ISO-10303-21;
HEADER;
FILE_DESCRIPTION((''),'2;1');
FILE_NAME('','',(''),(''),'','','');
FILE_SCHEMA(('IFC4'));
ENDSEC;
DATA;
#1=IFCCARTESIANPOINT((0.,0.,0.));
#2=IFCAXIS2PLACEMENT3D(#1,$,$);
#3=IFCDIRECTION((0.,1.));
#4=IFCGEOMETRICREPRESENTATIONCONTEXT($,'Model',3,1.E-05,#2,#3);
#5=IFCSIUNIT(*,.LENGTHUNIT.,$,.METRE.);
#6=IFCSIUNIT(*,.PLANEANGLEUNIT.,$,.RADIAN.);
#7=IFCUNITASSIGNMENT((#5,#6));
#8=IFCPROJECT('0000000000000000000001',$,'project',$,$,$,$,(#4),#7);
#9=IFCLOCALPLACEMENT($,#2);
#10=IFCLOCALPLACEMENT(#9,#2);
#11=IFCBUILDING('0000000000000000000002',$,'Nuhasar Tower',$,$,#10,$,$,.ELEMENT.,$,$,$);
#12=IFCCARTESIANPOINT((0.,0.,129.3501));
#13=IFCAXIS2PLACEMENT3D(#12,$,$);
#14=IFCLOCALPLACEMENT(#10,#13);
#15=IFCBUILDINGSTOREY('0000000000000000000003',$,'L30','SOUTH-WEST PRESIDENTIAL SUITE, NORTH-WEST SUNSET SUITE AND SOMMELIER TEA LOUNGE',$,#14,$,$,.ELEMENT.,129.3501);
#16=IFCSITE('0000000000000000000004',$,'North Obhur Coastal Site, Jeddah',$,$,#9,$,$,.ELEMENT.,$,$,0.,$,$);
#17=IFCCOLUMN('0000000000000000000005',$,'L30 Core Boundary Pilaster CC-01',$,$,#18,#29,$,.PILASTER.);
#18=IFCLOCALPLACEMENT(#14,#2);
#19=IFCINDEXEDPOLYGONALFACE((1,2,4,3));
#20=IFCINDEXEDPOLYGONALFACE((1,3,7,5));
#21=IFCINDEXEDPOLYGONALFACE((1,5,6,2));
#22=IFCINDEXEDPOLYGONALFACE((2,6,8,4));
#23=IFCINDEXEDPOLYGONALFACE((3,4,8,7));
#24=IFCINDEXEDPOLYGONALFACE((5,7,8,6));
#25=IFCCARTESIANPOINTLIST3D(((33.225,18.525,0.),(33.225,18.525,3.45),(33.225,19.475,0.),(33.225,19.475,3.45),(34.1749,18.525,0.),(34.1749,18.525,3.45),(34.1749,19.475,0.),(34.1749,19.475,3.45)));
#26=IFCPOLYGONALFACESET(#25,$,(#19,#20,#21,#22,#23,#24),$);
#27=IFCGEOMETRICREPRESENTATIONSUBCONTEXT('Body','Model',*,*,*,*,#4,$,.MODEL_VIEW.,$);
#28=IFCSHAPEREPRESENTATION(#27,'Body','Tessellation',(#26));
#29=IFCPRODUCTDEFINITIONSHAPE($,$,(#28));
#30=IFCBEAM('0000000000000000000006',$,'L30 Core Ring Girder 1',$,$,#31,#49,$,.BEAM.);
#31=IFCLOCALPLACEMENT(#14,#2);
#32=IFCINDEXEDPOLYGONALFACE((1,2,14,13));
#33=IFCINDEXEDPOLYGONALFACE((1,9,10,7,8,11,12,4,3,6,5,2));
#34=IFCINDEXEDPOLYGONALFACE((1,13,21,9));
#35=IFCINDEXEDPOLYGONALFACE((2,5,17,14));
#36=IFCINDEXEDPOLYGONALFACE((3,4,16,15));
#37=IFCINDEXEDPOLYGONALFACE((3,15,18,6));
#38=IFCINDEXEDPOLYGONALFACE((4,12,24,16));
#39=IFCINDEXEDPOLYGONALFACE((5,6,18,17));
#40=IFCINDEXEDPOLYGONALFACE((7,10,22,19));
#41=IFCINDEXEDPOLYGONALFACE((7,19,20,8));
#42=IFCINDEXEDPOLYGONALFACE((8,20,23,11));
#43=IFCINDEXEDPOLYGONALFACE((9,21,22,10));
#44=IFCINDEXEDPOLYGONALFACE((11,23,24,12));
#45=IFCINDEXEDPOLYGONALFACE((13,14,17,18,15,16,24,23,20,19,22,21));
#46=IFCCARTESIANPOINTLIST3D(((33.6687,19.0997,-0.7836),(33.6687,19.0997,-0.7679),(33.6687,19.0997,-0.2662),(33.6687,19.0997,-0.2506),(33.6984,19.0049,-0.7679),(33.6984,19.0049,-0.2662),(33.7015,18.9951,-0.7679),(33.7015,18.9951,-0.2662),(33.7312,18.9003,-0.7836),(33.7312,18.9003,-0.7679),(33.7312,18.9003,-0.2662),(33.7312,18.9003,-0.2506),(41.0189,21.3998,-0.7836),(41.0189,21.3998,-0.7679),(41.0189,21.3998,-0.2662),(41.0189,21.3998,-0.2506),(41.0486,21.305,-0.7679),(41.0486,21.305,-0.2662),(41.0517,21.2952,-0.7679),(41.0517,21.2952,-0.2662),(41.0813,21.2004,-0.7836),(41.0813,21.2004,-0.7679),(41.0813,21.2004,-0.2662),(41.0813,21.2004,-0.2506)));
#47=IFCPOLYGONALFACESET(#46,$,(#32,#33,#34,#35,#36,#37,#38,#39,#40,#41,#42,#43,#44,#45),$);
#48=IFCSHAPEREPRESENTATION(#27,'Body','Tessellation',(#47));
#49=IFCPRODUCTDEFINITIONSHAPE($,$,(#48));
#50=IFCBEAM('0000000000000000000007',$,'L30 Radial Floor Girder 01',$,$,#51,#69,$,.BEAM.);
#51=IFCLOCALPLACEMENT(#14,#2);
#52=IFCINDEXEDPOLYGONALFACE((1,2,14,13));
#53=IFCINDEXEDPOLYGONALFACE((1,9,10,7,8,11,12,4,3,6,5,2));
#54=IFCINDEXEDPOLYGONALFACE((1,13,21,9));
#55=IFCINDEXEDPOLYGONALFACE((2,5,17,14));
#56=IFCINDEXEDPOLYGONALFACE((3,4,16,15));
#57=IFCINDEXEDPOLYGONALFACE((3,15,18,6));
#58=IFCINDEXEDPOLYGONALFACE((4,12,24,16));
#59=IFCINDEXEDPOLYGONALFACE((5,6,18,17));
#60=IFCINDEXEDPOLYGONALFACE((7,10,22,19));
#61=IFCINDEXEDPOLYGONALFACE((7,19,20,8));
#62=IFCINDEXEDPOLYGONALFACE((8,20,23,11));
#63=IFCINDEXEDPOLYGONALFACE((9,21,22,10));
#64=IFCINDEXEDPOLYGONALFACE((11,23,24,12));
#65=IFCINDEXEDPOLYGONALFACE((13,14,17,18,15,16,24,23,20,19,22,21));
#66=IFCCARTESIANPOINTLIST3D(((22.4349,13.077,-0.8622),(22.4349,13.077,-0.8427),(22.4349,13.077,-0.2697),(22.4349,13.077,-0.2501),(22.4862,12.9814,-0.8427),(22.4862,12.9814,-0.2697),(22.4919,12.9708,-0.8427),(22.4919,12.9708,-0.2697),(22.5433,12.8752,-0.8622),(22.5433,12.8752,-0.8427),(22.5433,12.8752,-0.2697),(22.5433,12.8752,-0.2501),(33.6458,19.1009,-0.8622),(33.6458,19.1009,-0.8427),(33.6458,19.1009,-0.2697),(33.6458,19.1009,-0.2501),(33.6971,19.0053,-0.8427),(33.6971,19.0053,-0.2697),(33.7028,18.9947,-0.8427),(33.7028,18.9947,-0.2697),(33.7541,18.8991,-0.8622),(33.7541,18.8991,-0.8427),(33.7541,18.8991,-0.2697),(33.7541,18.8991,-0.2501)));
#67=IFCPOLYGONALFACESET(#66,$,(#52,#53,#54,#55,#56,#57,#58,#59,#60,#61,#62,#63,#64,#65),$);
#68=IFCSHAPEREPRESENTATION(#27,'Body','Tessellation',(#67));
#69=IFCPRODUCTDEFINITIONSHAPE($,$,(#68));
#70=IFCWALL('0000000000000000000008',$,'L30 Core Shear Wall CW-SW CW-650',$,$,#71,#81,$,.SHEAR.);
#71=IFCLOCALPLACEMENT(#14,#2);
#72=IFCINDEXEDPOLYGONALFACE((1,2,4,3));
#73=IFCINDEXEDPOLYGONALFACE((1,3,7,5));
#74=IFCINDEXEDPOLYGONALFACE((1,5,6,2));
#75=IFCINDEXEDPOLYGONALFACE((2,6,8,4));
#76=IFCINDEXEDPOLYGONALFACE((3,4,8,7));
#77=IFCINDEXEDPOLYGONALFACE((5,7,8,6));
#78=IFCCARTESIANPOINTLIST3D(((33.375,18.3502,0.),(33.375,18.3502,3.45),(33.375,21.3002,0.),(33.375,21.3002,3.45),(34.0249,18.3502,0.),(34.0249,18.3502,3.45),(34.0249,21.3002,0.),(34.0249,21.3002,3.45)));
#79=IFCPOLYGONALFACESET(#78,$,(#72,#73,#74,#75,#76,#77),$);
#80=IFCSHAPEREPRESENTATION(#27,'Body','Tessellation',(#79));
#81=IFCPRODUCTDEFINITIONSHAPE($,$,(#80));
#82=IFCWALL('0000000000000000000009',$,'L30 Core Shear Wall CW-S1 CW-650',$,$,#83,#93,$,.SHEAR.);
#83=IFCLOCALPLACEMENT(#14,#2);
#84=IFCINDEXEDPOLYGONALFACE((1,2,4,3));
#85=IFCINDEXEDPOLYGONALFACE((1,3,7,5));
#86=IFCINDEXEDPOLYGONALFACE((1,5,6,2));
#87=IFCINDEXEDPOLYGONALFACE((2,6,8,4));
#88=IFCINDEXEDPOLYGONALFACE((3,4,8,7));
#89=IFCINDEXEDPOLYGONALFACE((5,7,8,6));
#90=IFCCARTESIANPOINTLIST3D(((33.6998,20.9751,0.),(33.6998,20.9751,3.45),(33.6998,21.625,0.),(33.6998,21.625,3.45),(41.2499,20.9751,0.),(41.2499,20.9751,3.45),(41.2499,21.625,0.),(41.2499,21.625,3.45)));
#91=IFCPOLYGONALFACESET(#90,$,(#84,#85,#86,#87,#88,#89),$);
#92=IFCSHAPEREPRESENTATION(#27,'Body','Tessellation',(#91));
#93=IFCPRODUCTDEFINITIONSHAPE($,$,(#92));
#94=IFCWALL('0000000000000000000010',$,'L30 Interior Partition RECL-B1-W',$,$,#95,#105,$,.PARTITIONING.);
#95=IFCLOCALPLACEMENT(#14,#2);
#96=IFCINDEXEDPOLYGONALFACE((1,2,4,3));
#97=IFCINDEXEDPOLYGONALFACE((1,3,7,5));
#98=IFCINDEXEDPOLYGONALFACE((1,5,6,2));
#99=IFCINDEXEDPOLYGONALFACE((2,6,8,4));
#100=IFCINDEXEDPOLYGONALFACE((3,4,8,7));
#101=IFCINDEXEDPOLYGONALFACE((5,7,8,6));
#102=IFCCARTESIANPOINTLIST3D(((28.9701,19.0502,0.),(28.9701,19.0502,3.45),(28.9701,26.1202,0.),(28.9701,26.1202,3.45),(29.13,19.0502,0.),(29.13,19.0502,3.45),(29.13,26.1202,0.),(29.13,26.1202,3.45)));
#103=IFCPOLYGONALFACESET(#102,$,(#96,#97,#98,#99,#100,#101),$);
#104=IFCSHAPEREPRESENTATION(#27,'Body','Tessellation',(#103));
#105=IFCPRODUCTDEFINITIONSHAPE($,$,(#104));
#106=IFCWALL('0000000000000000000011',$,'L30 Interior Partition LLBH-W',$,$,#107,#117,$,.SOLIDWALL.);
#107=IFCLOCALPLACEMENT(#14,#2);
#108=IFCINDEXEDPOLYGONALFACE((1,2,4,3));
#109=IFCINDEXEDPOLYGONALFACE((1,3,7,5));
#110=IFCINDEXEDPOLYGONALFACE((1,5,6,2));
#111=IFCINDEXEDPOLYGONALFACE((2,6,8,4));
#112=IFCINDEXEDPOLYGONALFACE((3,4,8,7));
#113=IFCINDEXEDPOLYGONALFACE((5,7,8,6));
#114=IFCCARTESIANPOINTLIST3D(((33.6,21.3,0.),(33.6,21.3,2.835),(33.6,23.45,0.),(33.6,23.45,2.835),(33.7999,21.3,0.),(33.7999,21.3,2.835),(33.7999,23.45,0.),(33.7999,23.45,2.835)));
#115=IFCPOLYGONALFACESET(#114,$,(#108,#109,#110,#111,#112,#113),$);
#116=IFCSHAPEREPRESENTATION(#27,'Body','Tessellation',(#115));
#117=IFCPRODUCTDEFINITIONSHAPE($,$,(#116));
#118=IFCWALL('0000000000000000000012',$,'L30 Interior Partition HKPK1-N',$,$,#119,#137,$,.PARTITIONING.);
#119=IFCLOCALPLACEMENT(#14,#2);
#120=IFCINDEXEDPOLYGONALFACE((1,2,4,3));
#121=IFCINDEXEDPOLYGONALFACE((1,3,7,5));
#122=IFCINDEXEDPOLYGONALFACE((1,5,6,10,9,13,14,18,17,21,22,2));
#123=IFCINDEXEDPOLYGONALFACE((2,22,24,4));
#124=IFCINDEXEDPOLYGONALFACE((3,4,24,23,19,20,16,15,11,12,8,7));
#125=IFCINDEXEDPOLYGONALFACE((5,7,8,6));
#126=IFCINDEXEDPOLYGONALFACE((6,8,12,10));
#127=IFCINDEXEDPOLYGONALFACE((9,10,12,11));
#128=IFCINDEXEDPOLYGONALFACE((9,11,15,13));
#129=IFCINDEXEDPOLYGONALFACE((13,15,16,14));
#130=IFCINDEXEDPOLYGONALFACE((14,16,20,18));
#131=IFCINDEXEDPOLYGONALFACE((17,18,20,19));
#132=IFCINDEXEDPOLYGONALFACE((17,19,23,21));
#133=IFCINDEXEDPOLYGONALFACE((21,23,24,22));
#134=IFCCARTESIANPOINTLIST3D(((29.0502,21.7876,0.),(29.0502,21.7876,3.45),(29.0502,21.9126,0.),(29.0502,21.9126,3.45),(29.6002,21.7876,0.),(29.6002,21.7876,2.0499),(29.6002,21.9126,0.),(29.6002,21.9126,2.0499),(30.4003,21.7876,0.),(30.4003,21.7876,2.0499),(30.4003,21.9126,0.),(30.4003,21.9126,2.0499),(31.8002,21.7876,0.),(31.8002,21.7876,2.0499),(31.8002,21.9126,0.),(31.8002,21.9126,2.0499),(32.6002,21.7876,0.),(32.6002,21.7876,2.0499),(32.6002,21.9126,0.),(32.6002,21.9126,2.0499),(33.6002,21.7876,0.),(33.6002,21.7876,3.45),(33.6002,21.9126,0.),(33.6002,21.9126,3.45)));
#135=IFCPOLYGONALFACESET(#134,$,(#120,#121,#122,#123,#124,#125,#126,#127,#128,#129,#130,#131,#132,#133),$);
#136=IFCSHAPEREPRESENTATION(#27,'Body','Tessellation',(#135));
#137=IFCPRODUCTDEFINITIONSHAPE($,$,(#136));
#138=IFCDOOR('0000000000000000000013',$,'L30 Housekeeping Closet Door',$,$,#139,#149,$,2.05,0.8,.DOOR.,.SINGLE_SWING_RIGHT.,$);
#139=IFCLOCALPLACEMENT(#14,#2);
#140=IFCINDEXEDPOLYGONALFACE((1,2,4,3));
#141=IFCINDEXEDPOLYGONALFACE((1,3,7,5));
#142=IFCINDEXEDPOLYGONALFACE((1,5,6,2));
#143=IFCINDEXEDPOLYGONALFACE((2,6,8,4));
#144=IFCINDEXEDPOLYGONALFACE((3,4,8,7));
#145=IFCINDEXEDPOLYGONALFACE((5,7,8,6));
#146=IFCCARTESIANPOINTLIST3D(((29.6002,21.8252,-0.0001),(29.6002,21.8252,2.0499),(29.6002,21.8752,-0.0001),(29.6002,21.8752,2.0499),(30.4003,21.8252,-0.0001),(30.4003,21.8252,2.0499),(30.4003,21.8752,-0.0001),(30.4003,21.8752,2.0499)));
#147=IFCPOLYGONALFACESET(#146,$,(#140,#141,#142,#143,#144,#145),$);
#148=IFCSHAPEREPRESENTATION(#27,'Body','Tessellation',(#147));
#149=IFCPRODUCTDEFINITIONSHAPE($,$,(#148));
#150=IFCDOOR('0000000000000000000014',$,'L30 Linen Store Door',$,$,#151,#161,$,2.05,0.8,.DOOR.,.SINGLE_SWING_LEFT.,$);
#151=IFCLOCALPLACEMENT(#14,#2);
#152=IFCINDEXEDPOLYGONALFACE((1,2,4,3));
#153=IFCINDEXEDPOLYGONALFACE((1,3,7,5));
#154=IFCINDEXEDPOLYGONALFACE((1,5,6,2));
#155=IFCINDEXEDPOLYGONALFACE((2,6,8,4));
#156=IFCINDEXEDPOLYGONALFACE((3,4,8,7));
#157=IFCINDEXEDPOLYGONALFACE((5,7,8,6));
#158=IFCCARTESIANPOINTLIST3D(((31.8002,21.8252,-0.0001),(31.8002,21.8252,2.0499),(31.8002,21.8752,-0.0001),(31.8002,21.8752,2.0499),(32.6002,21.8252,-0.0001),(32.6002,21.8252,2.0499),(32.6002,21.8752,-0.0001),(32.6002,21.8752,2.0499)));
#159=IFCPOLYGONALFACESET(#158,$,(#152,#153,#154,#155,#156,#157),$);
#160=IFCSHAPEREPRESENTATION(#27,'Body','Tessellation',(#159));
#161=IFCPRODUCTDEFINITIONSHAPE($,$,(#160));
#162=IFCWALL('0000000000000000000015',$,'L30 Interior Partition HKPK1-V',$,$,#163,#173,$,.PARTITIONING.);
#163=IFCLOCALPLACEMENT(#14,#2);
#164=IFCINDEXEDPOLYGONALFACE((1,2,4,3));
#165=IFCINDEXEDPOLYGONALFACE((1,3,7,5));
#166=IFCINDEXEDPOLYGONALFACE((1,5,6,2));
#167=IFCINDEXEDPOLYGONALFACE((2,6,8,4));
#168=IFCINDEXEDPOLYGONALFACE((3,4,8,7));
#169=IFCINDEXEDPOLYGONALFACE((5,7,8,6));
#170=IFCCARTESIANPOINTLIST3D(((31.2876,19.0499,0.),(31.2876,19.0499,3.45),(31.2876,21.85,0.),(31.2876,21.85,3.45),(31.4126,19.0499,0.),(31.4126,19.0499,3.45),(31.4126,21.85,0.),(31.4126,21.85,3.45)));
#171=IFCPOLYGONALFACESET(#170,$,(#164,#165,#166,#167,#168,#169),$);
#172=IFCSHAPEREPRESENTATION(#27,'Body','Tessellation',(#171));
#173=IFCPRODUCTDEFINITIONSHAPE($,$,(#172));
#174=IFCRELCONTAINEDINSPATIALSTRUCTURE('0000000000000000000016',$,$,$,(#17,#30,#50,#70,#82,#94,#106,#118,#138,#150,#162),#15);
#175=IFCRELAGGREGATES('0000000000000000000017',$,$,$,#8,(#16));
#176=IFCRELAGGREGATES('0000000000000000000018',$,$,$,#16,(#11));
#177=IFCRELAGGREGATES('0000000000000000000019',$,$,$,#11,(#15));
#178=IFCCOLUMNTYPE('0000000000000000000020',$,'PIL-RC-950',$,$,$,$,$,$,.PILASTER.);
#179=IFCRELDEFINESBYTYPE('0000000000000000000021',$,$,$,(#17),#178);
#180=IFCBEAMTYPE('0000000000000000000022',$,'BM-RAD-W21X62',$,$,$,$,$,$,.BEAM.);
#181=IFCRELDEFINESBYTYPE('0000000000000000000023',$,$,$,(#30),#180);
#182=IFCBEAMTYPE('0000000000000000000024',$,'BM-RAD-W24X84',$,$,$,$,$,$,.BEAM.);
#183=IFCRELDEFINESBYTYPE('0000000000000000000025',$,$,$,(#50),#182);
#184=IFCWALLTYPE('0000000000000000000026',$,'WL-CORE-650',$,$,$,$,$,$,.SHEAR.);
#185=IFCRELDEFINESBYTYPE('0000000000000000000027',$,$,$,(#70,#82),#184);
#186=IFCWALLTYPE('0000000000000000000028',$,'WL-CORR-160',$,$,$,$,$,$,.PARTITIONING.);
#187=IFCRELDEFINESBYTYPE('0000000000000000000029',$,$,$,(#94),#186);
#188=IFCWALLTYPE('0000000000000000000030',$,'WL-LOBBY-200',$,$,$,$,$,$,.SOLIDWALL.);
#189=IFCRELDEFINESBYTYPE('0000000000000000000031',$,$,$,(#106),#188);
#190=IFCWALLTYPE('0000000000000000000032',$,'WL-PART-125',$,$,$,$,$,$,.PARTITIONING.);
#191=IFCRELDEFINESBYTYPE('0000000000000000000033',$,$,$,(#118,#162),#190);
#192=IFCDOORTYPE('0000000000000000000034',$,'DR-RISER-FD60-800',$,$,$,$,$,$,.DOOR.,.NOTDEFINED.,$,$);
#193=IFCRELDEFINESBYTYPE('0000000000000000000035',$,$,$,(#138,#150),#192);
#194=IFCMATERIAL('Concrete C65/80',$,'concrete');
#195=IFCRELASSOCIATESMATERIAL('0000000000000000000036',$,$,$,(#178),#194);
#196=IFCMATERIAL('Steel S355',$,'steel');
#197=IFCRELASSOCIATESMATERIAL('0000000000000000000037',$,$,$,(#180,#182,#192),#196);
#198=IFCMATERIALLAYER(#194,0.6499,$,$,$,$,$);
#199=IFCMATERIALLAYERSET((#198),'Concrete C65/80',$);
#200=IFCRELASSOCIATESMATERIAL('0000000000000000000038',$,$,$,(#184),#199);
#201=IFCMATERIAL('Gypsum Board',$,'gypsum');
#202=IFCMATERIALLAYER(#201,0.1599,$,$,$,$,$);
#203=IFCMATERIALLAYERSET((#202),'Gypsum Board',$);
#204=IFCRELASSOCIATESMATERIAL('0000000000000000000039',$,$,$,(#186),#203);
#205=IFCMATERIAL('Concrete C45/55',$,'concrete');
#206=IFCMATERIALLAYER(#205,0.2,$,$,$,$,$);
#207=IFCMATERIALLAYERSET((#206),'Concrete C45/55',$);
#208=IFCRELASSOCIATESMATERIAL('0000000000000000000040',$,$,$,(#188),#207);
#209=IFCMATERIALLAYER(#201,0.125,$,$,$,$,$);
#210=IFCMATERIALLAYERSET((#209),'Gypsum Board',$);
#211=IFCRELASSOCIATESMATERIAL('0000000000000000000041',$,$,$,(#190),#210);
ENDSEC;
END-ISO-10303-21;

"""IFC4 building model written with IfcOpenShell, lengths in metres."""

from ifc_helpers import new_model, si_unit, direction, frame, frame_2d, origin, origin_2d, place, context, subcontext, project, spatial, rectangle, i_section, extrude, material, layer, layer_set, material_profile, profile_set, type_object, element, fill, save


model = new_model("IFC4")

# Units and contexts
model_context = context("Model", 3, precision=1e-05, world=origin(), true_north=direction((0.0, 1.0)))
body_context = subcontext(model_context, "Body", "Model", "MODEL_VIEW")
ifc_project = project(units=[si_unit("LENGTHUNIT", "METRE"), si_unit("PLANEANGLEUNIT", "RADIAN")], contexts=[model_context])

# Site, building, storey
site_placement = place(None, origin())
site = spatial("IfcSite", under=ifc_project, at=site_placement, Name="North Obhur Coastal Site, Jeddah", CompositionType="ELEMENT", RefElevation=0.0)
building_placement = place(site_placement, origin())
building = spatial("IfcBuilding", under=site, at=building_placement, Name="Nuhasar Tower", CompositionType="ELEMENT")
storey_placement = place(building_placement, frame((0.0, 0.0, 129.3501)))
storey = spatial("IfcBuildingStorey", under=building, at=storey_placement, Name="L30", Description="SOUTH-WEST PRESIDENTIAL SUITE, NORTH-WEST SUNSET SUITE AND SOMMELIER TEA LOUNGE", CompositionType="ELEMENT", Elevation=129.3501)

# Column
ifc_material_1 = material(Name="Concrete C65/80", Category="concrete")
ifc_material_profile_1 = material_profile(ifc_material_1, rectangle(XDim=0.95, YDim=0.95, at=origin_2d()), Name="RC950X950")
ifc_profile_set_1 = profile_set([ifc_material_profile_1], Name="Concrete C65/80")
column_type = type_object("IfcColumnType", Name="PIL-RC-950", PredefinedType="PILASTER", material=ifc_profile_set_1)
column_placement = place(storey_placement, frame((33.7, 19.0, 0.0), z_axis=(0.0, 0.0, 1.0), x_axis=(1.0, 0.0, 0.0)))
element("IfcColumn", 1, at=column_placement, inside=storey, type_object=column_type, Name="L30 Core Boundary Pilaster CC-01", PredefinedType="PILASTER", context=body_context, shape_type="SweptSolid", body=[
    extrude(rectangle(XDim=0.95, YDim=0.95, at=origin_2d()), origin(), (0.0, 0.0, 1.0), 3.45),
])

# Beams
ifc_material_2 = material(Name="Steel S355", Category="steel")
ifc_material_profile_2 = material_profile(ifc_material_2, i_section(OverallWidth=0.209, OverallDepth=0.533, WebThickness=0.0103, FlangeThickness=0.0156, at=origin_2d()), Name="W21X62")
ifc_profile_set_2 = profile_set([ifc_material_profile_2], Name="Steel S355")
beam_type_1 = type_object("IfcBeamType", Name="BM-RAD-W21X62", PredefinedType="BEAM", material=ifc_profile_set_2)
beam_1_placement = place(storey_placement, frame((33.7, 19.0, -0.5171), z_axis=(0.954364, 0.298647, 0.0), x_axis=(-0.298647, 0.954364, 0.0)))
element("IfcBeam", 2, at=beam_1_placement, inside=storey, type_object=beam_type_1, Name="L30 Core Ring Girder 1", PredefinedType="BEAM", context=body_context, shape_type="SweptSolid", body=[
    extrude(i_section(OverallWidth=0.209, OverallDepth=0.533, WebThickness=0.0103, FlangeThickness=0.0156, at=origin_2d()), origin(), (0.0, 0.0, 1.0), 7.7017),
])
ifc_material_profile_3 = material_profile(ifc_material_2, i_section(OverallWidth=0.229, OverallDepth=0.6121, WebThickness=0.012, FlangeThickness=0.0195, at=origin_2d()), Name="W24X84")
ifc_profile_set_3 = profile_set([ifc_material_profile_3], Name="Steel S355")
beam_type_2 = type_object("IfcBeamType", Name="BM-RAD-W24X84", PredefinedType="BEAM", material=ifc_profile_set_3)
beam_2_placement = place(storey_placement, frame((33.7, 19.0, -0.5562), z_axis=(-0.880888, -0.473324, 0.0), x_axis=(0.473324, -0.880888, 0.0)))
element("IfcBeam", 3, at=beam_2_placement, inside=storey, type_object=beam_type_2, Name="L30 Radial Floor Girder 01", PredefinedType="BEAM", context=body_context, shape_type="SweptSolid", body=[
    extrude(i_section(OverallWidth=0.229, OverallDepth=0.6121, WebThickness=0.012, FlangeThickness=0.0195, at=origin_2d()), origin(), (0.0, 0.0, 1.0), 12.7268),
])

# Walls
ifc_layer_1 = layer(ifc_material_1, 0.6499)
ifc_layer_set_1 = layer_set([ifc_layer_1], Name="Concrete C65/80")
wall_type_1 = type_object("IfcWallType", Name="WL-CORE-650", PredefinedType="SHEAR", material=ifc_layer_set_1)
wall_1_placement = place(storey_placement, frame((33.7, 18.3501, 0.0), z_axis=(0.0, 0.0, 1.0), x_axis=(0.0, 1.0, 0.0)))
element("IfcWall", 4, at=wall_1_placement, inside=storey, type_object=wall_type_1, Name="L30 Core Shear Wall CW-SW CW-650", PredefinedType="SHEAR", context=body_context, shape_type="SweptSolid", body=[
    extrude(rectangle(XDim=2.95, YDim=0.6499, at=frame_2d((1.4751, 0.0))), origin(), (0.0, 0.0, 1.0), 3.45),
])
wall_2_placement = place(storey_placement, frame((33.7, 21.3, 0.0), z_axis=(0.0, 0.0, 1.0), x_axis=(1.0, 0.0, 0.0)))
element("IfcWall", 5, at=wall_2_placement, inside=storey, type_object=wall_type_1, Name="L30 Core Shear Wall CW-S1 CW-650", PredefinedType="SHEAR", context=body_context, shape_type="SweptSolid", body=[
    extrude(rectangle(XDim=7.55, YDim=0.6499, at=frame_2d((3.7749, 0.0))), origin(), (0.0, 0.0, 1.0), 3.45),
])
ifc_material_3 = material(Name="Gypsum Board", Category="gypsum")
ifc_layer_2 = layer(ifc_material_3, 0.1599)
ifc_layer_set_2 = layer_set([ifc_layer_2], Name="Gypsum Board")
wall_type_2 = type_object("IfcWallType", Name="WL-CORR-160", PredefinedType="PARTITIONING", material=ifc_layer_set_2)
wall_3_placement = place(storey_placement, frame((29.05, 19.05, 0.0), z_axis=(0.0, 0.0, 1.0), x_axis=(0.0, 1.0, 0.0)))
element("IfcWall", 6, at=wall_3_placement, inside=storey, type_object=wall_type_2, Name="L30 Interior Partition RECL-B1-W", PredefinedType="PARTITIONING", context=body_context, shape_type="SweptSolid", body=[
    extrude(rectangle(XDim=7.0701, YDim=0.1599, at=frame_2d((3.5352, 0.0))), origin(), (0.0, 0.0, 1.0), 3.45),
])

# Wall
ifc_material_4 = material(Name="Concrete C45/55", Category="concrete")
ifc_layer_3 = layer(ifc_material_4, 0.2)
ifc_layer_set_3 = layer_set([ifc_layer_3], Name="Concrete C45/55")
wall_type_3 = type_object("IfcWallType", Name="WL-LOBBY-200", PredefinedType="SOLIDWALL", material=ifc_layer_set_3)
wall_4_placement = place(storey_placement, frame((33.7, 21.3, 0.0), z_axis=(0.0, 0.0, 1.0), x_axis=(0.0, 1.0, 0.0)))
element("IfcWall", 7, at=wall_4_placement, inside=storey, type_object=wall_type_3, Name="L30 Interior Partition LLBH-W", PredefinedType="SOLIDWALL", context=body_context, shape_type="SweptSolid", body=[
    extrude(rectangle(XDim=2.1499, YDim=0.2, at=frame_2d((1.075, 0.0))), origin(), (0.0, 0.0, 1.0), 2.835),
])

# Wall, openings, doors
ifc_layer_4 = layer(ifc_material_3, 0.125)
ifc_layer_set_4 = layer_set([ifc_layer_4], Name="Gypsum Board")
wall_type_4 = type_object("IfcWallType", Name="WL-PART-125", PredefinedType="PARTITIONING", material=ifc_layer_set_4)
wall_5_placement = place(storey_placement, frame((33.6001, 21.8501, 0.0), z_axis=(0.0, 0.0, 1.0), x_axis=(-1.0, 0.0, 0.0)))
wall_5 = element("IfcWall", 8, at=wall_5_placement, inside=storey, type_object=wall_type_4, Name="L30 Interior Partition HKPK1-N", PredefinedType="PARTITIONING", context=body_context, shape_type="SweptSolid", body=[
    extrude(rectangle(XDim=4.55, YDim=0.125, at=frame_2d((2.2749, 0.0))), origin(), (0.0, 0.0, 1.0), 3.45),
])
opening_1_placement = place(wall_5_placement, frame((3.2, 0.0, 0.0)))
opening_1 = element("IfcOpeningElement", 9, at=opening_1_placement, cuts=wall_5, PredefinedType="OPENING", context=body_context, shape_type="SweptSolid", body=[
    extrude(rectangle(XDim=0.8, YDim=2.05, at=frame_2d((0.3999, 1.0249))), frame((0.0, 0.0725, 0.0), z_axis=(0.0, -1.0, 0.0), x_axis=(1.0, 0.0, 0.0)), (0.0, 0.0, 1.0), 0.145),
])
opening_2_placement = place(wall_5_placement, frame((1.0, 0.0, 0.0)))
opening_2 = element("IfcOpeningElement", 10, at=opening_2_placement, cuts=wall_5, PredefinedType="OPENING", context=body_context, shape_type="SweptSolid", body=[
    extrude(rectangle(XDim=0.8, YDim=2.05, at=frame_2d((0.3999, 1.0249))), frame((0.0, 0.0725, 0.0), z_axis=(0.0, -1.0, 0.0), x_axis=(1.0, 0.0, 0.0)), (0.0, 0.0, 1.0), 0.145),
])
door_type_1 = type_object("IfcDoorType", Name="DR-RISER-FD60-800", OperationType="NOTDEFINED", PredefinedType="DOOR", material=ifc_material_2)
door_1_placement = place(opening_1_placement, origin())
door_1 = element("IfcDoor", 11, at=door_1_placement, inside=storey, type_object=door_type_1, Name="L30 Housekeeping Closet Door", OperationType="SINGLE_SWING_RIGHT", OverallHeight=2.05, OverallWidth=0.8, PredefinedType="DOOR", context=body_context, shape_type="SweptSolid", body=[
    extrude(rectangle(XDim=0.8, YDim=2.05, at=frame_2d((0.3999, 1.0249))), frame((0.0, 0.0249, 0.0), z_axis=(0.0, -1.0, 0.0), x_axis=(1.0, 0.0, 0.0)), (0.0, 0.0, 1.0), 0.05),
])
fill(opening_1, door_1)
door_2_placement = place(opening_2_placement, origin())
door_2 = element("IfcDoor", 12, at=door_2_placement, inside=storey, type_object=door_type_1, Name="L30 Linen Store Door", OperationType="SINGLE_SWING_LEFT", OverallHeight=2.05, OverallWidth=0.8, PredefinedType="DOOR", context=body_context, shape_type="SweptSolid", body=[
    extrude(rectangle(XDim=0.8, YDim=2.05, at=frame_2d((0.3999, 1.0249))), frame((0.0, 0.0249, 0.0), z_axis=(0.0, -1.0, 0.0), x_axis=(1.0, 0.0, 0.0)), (0.0, 0.0, 1.0), 0.05),
])
fill(opening_2, door_2)

# Wall
wall_6_placement = place(storey_placement, frame((31.3501, 19.05, 0.0), z_axis=(0.0, 0.0, 1.0), x_axis=(0.0, 1.0, 0.0)))
element("IfcWall", 13, at=wall_6_placement, inside=storey, type_object=wall_type_4, Name="L30 Interior Partition HKPK1-V", PredefinedType="PARTITIONING", context=body_context, shape_type="SweptSolid", body=[
    extrude(rectangle(XDim=2.8, YDim=0.125, at=frame_2d((1.3999, 0.0))), origin(), (0.0, 0.0, 1.0), 3.45),
])

save(model, "model.ifc")
